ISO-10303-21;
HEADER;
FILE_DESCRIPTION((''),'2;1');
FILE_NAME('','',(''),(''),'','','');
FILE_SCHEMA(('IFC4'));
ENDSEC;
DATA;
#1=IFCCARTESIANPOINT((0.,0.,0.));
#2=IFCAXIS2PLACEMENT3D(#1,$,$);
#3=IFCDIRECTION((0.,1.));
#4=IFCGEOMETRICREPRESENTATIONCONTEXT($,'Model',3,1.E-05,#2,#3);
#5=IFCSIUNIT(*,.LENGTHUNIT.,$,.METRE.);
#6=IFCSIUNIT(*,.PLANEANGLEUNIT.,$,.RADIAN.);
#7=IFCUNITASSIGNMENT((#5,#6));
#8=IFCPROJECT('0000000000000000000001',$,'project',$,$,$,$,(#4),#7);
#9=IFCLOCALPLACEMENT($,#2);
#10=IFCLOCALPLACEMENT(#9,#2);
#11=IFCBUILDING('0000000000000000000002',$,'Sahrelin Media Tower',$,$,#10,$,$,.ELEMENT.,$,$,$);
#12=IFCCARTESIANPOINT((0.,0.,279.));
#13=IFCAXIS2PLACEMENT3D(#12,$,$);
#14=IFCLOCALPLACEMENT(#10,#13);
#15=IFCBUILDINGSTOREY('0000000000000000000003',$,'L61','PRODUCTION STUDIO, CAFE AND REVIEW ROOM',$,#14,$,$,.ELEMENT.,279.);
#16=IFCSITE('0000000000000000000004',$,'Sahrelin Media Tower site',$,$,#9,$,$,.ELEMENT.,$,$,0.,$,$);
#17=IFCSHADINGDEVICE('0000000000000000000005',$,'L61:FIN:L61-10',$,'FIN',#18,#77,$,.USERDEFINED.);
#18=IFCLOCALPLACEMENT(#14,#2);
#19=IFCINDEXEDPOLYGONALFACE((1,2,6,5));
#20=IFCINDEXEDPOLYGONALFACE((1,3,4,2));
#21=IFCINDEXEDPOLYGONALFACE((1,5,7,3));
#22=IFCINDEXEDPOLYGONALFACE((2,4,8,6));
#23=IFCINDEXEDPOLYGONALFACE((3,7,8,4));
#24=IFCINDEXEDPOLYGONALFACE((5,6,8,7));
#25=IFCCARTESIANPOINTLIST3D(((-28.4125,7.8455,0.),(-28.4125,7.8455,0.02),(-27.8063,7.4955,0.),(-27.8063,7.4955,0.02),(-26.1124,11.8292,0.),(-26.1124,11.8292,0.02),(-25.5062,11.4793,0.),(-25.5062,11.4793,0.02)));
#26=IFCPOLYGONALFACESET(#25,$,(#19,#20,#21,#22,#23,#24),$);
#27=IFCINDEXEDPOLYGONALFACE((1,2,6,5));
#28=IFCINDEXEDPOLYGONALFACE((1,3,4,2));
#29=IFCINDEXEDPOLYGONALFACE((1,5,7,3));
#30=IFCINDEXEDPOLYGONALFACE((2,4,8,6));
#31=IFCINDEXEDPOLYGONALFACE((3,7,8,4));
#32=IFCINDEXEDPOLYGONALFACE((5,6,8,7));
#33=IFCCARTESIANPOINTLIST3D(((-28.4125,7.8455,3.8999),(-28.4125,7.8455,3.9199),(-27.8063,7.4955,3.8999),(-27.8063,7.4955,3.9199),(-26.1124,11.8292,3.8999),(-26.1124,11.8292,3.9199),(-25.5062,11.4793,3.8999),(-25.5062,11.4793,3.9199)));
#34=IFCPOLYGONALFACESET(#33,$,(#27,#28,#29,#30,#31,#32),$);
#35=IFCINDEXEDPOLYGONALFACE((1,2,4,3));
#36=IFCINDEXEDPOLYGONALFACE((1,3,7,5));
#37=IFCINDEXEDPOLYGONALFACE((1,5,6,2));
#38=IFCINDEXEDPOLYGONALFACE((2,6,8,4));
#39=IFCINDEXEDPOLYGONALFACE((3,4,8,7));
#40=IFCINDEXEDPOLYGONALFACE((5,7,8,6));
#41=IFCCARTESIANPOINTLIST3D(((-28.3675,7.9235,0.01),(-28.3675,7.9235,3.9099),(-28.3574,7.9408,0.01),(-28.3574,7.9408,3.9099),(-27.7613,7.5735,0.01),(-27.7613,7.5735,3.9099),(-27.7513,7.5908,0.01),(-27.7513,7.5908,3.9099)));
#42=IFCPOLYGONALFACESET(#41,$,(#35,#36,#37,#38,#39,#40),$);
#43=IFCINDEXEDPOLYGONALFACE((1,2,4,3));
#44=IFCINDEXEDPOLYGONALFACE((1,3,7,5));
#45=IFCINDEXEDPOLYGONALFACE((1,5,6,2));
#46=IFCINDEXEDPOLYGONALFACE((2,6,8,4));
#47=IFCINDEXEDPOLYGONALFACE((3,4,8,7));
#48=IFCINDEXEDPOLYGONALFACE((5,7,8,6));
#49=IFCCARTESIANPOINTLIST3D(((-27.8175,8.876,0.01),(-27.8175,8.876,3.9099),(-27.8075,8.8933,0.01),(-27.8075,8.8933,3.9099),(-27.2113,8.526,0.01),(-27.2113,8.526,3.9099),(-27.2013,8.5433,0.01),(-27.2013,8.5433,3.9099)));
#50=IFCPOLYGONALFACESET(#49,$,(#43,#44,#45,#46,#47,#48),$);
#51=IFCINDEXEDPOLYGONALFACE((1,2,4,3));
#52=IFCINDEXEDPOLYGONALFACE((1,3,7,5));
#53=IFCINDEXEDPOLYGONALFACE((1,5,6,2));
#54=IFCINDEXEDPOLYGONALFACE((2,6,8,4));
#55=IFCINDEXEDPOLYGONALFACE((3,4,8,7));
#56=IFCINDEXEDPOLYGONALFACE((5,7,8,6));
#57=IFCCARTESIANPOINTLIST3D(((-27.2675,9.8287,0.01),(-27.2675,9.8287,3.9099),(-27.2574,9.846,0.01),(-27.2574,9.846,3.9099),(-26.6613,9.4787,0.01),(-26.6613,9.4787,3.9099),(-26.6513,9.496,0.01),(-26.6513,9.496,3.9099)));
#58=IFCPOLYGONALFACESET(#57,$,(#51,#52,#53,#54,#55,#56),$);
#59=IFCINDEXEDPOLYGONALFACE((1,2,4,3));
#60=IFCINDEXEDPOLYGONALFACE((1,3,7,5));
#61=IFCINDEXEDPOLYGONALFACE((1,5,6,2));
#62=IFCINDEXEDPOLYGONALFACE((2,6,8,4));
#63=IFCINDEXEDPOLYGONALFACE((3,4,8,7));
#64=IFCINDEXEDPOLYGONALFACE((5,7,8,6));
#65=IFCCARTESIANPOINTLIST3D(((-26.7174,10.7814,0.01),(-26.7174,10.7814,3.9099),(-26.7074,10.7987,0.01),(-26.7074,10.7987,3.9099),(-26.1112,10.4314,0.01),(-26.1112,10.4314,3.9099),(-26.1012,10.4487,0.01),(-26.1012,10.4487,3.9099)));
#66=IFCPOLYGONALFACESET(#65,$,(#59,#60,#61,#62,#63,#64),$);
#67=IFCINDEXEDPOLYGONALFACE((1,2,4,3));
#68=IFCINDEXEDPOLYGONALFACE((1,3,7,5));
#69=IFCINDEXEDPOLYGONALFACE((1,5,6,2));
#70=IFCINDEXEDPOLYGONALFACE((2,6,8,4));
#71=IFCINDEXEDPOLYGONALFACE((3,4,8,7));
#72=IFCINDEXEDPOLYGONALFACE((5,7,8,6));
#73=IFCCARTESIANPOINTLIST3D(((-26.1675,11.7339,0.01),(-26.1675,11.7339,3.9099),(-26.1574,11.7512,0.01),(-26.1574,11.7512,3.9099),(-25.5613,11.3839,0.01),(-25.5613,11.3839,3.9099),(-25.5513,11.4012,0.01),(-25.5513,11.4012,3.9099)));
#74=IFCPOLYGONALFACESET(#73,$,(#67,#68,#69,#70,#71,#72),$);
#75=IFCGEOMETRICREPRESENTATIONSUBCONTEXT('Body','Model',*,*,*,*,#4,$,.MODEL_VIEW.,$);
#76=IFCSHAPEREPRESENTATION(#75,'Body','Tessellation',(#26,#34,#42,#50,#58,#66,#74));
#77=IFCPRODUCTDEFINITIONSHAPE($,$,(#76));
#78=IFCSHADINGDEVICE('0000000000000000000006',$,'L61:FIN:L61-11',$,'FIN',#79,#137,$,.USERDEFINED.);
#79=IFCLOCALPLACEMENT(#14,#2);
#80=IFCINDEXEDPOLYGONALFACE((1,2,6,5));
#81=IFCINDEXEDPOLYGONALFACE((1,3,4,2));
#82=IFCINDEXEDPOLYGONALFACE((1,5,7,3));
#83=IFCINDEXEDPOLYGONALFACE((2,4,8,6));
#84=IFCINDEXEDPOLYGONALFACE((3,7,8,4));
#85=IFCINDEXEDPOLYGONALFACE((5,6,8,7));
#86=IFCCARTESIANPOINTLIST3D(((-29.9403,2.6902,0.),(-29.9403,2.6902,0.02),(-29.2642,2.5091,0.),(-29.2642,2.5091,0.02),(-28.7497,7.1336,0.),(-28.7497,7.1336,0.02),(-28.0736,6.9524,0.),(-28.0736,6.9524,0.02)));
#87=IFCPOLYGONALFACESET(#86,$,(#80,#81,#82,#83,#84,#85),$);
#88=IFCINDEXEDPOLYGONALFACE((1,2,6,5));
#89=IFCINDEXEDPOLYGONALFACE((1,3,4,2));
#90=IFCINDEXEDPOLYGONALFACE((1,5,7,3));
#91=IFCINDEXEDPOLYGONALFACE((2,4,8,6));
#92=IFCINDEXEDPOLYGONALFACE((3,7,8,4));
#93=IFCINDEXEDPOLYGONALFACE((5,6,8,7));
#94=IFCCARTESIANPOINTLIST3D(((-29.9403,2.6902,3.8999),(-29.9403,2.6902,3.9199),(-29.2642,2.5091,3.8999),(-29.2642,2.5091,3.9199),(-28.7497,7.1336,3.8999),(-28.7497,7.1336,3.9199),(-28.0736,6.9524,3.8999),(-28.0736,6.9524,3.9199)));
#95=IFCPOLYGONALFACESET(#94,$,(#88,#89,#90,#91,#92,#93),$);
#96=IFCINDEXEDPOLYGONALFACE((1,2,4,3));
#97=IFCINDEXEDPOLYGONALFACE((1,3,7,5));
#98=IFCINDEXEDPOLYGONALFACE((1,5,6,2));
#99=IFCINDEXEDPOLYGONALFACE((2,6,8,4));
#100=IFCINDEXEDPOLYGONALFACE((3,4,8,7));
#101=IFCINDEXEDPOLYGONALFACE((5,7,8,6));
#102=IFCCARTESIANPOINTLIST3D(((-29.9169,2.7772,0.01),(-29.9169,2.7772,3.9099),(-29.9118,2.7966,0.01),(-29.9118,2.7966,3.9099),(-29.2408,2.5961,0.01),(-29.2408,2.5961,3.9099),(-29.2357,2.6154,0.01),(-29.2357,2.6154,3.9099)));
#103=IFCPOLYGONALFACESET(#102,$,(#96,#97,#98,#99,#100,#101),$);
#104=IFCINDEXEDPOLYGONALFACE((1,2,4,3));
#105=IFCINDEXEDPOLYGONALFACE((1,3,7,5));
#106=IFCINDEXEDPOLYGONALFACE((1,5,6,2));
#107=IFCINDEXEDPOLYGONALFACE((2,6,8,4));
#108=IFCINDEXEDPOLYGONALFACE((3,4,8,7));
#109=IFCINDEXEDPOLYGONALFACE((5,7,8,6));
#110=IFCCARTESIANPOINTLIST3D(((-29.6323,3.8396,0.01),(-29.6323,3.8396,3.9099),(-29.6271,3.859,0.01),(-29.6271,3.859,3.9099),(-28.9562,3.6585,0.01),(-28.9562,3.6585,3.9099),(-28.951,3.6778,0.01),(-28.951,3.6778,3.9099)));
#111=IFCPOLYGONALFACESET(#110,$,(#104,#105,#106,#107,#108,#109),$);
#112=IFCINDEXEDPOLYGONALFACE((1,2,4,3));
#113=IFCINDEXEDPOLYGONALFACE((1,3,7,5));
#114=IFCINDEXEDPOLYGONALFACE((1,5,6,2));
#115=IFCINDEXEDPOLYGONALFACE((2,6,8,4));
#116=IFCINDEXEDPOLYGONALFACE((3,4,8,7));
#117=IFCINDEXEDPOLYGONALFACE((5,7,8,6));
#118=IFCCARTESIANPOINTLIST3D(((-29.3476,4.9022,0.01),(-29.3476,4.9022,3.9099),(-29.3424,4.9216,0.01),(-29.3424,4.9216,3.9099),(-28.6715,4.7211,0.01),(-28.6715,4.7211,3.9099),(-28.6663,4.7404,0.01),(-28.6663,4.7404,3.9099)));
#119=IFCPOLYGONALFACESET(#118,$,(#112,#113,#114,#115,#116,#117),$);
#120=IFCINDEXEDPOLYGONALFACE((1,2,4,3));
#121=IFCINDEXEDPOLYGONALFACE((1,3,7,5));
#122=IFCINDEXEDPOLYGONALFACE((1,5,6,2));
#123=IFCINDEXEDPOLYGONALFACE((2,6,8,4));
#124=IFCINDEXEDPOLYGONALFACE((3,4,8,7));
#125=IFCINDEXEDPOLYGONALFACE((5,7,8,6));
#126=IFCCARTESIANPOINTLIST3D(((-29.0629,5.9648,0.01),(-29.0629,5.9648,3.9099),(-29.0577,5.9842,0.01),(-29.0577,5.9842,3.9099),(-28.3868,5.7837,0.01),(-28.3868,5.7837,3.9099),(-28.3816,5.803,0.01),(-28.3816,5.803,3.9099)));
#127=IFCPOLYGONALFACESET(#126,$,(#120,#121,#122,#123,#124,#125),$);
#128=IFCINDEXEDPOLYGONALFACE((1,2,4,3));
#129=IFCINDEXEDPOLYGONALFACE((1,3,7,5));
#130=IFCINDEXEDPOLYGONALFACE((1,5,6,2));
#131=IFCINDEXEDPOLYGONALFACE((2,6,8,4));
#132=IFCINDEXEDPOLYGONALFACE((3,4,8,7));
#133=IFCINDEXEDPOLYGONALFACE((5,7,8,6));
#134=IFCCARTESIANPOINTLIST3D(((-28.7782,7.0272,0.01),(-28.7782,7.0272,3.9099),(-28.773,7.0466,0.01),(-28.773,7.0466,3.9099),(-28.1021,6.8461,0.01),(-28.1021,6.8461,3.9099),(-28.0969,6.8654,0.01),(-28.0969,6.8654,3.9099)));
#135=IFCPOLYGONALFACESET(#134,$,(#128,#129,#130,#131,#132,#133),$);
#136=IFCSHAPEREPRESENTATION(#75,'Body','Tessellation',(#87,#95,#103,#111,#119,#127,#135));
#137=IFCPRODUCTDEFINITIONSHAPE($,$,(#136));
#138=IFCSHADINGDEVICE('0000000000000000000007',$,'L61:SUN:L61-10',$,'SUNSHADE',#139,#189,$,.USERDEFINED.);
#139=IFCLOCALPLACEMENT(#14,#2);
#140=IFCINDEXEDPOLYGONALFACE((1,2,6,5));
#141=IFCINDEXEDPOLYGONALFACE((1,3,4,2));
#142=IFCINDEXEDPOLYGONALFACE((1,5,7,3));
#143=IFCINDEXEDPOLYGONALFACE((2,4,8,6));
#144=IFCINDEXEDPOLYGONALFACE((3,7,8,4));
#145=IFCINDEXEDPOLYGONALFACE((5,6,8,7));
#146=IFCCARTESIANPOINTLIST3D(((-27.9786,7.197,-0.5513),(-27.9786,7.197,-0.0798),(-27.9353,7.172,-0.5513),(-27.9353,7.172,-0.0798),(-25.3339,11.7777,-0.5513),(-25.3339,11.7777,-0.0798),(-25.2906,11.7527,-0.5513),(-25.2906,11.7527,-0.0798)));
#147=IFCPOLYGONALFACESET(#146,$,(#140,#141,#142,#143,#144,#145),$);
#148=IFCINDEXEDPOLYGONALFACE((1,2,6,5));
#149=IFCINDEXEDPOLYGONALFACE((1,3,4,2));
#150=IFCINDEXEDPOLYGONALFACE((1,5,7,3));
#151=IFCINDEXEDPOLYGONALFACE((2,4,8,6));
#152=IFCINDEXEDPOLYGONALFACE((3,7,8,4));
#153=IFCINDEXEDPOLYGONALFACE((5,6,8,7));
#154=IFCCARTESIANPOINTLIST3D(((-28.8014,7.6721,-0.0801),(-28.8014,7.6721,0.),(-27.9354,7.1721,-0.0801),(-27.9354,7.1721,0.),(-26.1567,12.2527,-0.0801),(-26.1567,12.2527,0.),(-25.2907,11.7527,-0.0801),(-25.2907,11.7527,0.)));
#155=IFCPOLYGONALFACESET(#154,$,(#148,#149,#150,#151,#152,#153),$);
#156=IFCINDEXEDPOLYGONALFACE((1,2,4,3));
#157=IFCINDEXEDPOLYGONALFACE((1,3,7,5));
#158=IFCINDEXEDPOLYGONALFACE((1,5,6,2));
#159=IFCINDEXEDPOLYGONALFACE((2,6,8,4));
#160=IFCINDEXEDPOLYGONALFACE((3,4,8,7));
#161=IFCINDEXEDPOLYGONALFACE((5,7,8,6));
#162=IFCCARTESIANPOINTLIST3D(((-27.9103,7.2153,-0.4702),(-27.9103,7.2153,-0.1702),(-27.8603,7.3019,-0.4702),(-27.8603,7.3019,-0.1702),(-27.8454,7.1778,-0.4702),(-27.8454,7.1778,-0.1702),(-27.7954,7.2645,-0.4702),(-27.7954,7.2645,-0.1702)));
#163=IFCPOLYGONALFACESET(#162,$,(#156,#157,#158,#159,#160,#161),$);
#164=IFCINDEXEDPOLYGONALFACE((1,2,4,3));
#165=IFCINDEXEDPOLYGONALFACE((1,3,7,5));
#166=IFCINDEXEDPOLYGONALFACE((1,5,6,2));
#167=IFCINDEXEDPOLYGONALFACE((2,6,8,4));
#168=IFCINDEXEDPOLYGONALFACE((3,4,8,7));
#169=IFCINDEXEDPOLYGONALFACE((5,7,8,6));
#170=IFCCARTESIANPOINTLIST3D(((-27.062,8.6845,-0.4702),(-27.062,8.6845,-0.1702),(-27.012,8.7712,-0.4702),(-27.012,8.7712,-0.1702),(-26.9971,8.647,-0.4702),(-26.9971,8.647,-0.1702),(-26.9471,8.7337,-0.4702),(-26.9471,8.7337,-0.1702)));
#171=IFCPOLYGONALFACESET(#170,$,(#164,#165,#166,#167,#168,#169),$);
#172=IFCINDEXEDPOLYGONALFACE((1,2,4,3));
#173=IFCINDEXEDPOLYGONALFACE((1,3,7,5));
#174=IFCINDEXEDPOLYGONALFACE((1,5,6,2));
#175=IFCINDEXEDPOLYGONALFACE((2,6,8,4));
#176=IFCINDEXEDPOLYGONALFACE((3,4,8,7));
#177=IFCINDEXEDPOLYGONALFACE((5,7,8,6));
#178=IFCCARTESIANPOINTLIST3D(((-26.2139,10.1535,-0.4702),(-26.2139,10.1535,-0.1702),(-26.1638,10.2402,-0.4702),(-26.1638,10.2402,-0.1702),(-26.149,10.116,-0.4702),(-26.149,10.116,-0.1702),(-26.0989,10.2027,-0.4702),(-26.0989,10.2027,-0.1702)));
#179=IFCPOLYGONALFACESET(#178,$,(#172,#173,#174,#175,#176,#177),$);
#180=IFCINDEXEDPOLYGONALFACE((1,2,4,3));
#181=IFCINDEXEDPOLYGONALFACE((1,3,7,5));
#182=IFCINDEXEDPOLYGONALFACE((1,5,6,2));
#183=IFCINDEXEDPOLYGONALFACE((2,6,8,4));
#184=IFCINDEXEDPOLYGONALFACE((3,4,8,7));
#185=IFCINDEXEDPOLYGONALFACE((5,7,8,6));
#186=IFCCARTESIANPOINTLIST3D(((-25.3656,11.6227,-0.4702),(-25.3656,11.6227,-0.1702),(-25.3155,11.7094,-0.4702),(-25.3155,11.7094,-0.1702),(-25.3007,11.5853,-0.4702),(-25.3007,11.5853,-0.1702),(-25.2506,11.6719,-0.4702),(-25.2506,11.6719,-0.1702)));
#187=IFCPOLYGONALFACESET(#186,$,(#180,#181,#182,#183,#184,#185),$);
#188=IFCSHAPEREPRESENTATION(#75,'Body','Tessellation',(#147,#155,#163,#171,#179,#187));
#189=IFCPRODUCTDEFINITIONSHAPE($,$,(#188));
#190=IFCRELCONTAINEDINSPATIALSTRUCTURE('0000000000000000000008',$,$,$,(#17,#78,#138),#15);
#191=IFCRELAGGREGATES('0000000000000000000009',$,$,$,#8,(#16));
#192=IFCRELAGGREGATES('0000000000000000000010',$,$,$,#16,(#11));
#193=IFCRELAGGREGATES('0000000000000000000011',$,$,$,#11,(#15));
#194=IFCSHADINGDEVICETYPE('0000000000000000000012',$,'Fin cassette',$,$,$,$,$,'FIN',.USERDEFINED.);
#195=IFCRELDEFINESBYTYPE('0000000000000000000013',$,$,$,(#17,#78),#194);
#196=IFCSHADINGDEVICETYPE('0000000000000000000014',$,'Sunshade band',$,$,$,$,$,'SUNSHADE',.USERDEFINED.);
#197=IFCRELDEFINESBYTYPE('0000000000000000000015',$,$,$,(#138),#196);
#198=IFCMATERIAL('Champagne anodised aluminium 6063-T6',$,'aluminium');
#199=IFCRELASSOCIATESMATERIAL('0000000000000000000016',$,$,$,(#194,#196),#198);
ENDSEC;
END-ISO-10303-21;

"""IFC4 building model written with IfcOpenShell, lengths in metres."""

from ifc_helpers import new_model, si_unit, direction, frame, origin, origin_2d, place, context, subcontext, project, spatial, rectangle, extrude, material, type_object, element, save


model = new_model("IFC4")

# Units and contexts
model_context = context("Model", 3, precision=1e-05, world=origin(), true_north=direction((0.0, 1.0)))
body_context = subcontext(model_context, "Body", "Model", "MODEL_VIEW")
ifc_project = project(units=[si_unit("LENGTHUNIT", "METRE"), si_unit("PLANEANGLEUNIT", "RADIAN")], contexts=[model_context])

# Site, building, storey
site_placement = place(None, origin())
site = spatial("IfcSite", under=ifc_project, at=site_placement, Name="Sahrelin Media Tower site", CompositionType="ELEMENT", RefElevation=0.0)
building_placement = place(site_placement, origin())
building = spatial("IfcBuilding", under=site, at=building_placement, Name="Sahrelin Media Tower", CompositionType="ELEMENT")
storey_placement = place(building_placement, frame((0.0, 0.0, 279.0)))
storey = spatial("IfcBuildingStorey", under=building, at=storey_placement, Name="L61", Description="PRODUCTION STUDIO, CAFE AND REVIEW ROOM", CompositionType="ELEMENT", Elevation=279.0)

# Shared definitions
ifc_material_1 = material(Name="Champagne anodised aluminium 6063-T6", Category="aluminium")

# Shading devices
shading_device_type_1 = type_object("IfcShadingDeviceType", Name="Fin cassette", ElementType="FIN", PredefinedType="USERDEFINED", material=ifc_material_1)
placement_1 = place(storey_placement, frame((-26.5957, 9.4524, 0.0), z_axis=(0.0, 0.0, 1.0), x_axis=(0.500011, 0.866019, 0.0)))
element("IfcShadingDevice", 1, at=placement_1, inside=storey, type_object=shading_device_type_1, Name="L61:FIN:L61-10", ObjectType="FIN", PredefinedType="USERDEFINED", context=body_context, shape_type="SweptSolid", body=[
    extrude(rectangle(XDim=4.6001, YDim=0.7, at=origin_2d()), frame((0.0, 0.4199, 0.0)), (0.0, 0.0, 1.0), 0.02),
    extrude(rectangle(XDim=4.6001, YDim=0.7, at=origin_2d()), frame((0.0, 0.4199, 3.8999)), (0.0, 0.0, 1.0), 0.02),
    extrude(rectangle(XDim=0.02, YDim=0.7, at=origin_2d()), frame((-2.2, 0.4199, 0.01), z_axis=(0.0, 0.0, 1.0), x_axis=(1.0, 0.0, 0.0)), (0.0, 0.0, 1.0), 3.8999),
    extrude(rectangle(XDim=0.02, YDim=0.7, at=origin_2d()), frame((-1.1001, 0.4199, 0.01), z_axis=(0.0, 0.0, 1.0), x_axis=(1.0, 0.0, 0.0)), (0.0, 0.0, 1.0), 3.8999),
    extrude(rectangle(XDim=0.02, YDim=0.7, at=origin_2d()), frame((0.0, 0.4199, 0.01), z_axis=(0.0, 0.0, 1.0), x_axis=(1.0, 0.0, 0.0)), (0.0, 0.0, 1.0), 3.8999),
    extrude(rectangle(XDim=0.02, YDim=0.7, at=origin_2d()), frame((1.1001, 0.4199, 0.01), z_axis=(0.0, 0.0, 1.0), x_axis=(1.0, 0.0, 0.0)), (0.0, 0.0, 1.0), 3.8999),
    extrude(rectangle(XDim=0.02, YDim=0.7, at=origin_2d()), frame((2.2, 0.4199, 0.01), z_axis=(0.0, 0.0, 1.0), x_axis=(1.0, 0.0, 0.0)), (0.0, 0.0, 1.0), 3.8999),
])
placement_2 = place(storey_placement, frame((-28.6013, 4.7126, 0.0), z_axis=(0.0, 0.0, 1.0), x_axis=(0.258808, 0.965929, 0.0)))
element("IfcShadingDevice", 2, at=placement_2, inside=storey, type_object=shading_device_type_1, Name="L61:FIN:L61-11", ObjectType="FIN", PredefinedType="USERDEFINED", context=body_context, shape_type="SweptSolid", body=[
    extrude(rectangle(XDim=4.6001, YDim=0.7, at=origin_2d()), frame((0.0, 0.4199, 0.0)), (0.0, 0.0, 1.0), 0.02),
    extrude(rectangle(XDim=4.6001, YDim=0.7, at=origin_2d()), frame((0.0, 0.4199, 3.8999)), (0.0, 0.0, 1.0), 0.02),
    extrude(rectangle(XDim=0.02, YDim=0.7, at=origin_2d()), frame((-2.2, 0.4199, 0.01), z_axis=(0.0, 0.0, 1.0), x_axis=(1.0, 0.0, 0.0)), (0.0, 0.0, 1.0), 3.8999),
    extrude(rectangle(XDim=0.02, YDim=0.7, at=origin_2d()), frame((-1.1001, 0.4199, 0.01), z_axis=(0.0, 0.0, 1.0), x_axis=(1.0, 0.0, 0.0)), (0.0, 0.0, 1.0), 3.8999),
    extrude(rectangle(XDim=0.02, YDim=0.7, at=origin_2d()), frame((0.0, 0.4199, 0.01), z_axis=(0.0, 0.0, 1.0), x_axis=(1.0, 0.0, 0.0)), (0.0, 0.0, 1.0), 3.8999),
    extrude(rectangle(XDim=0.02, YDim=0.7, at=origin_2d()), frame((1.1001, 0.4199, 0.01), z_axis=(0.0, 0.0, 1.0), x_axis=(1.0, 0.0, 0.0)), (0.0, 0.0, 1.0), 3.8999),
    extrude(rectangle(XDim=0.02, YDim=0.7, at=origin_2d()), frame((2.2, 0.4199, 0.01), z_axis=(0.0, 0.0, 1.0), x_axis=(1.0, 0.0, 0.0)), (0.0, 0.0, 1.0), 3.8999),
])
shading_device_type_2 = type_object("IfcShadingDeviceType", Name="Sunshade band", ElementType="SUNSHADE", PredefinedType="USERDEFINED", material=ifc_material_1)
element("IfcShadingDevice", 3, at=placement_1, inside=storey, type_object=shading_device_type_2, Name="L61:SUN:L61-10", ObjectType="SUNSHADE", PredefinedType="USERDEFINED", context=body_context, shape_type="SweptSolid", body=[
    extrude(rectangle(XDim=5.2893, YDim=0.05, at=origin_2d()), frame((0.0, 0.0449, -0.5513)), (0.0, 0.0, 1.0), 0.4714),
    extrude(rectangle(XDim=5.2893, YDim=1.0, at=origin_2d()), frame((0.0, 0.52, -0.0801)), (0.0, 0.0, 1.0), 0.0801),
    extrude(rectangle(XDim=0.1001, YDim=0.075, at=origin_2d()), frame((-2.5447, -0.0176, -0.4702)), (0.0, 0.0, 1.0), 0.3),
    extrude(rectangle(XDim=0.1001, YDim=0.075, at=origin_2d()), frame((-0.8481, -0.0176, -0.4702)), (0.0, 0.0, 1.0), 0.3),
    extrude(rectangle(XDim=0.1001, YDim=0.075, at=origin_2d()), frame((0.8481, -0.0176, -0.4702)), (0.0, 0.0, 1.0), 0.3),
    extrude(rectangle(XDim=0.1001, YDim=0.075, at=origin_2d()), frame((2.5447, -0.0176, -0.4702)), (0.0, 0.0, 1.0), 0.3),
])

save(model, "model.ifc")
